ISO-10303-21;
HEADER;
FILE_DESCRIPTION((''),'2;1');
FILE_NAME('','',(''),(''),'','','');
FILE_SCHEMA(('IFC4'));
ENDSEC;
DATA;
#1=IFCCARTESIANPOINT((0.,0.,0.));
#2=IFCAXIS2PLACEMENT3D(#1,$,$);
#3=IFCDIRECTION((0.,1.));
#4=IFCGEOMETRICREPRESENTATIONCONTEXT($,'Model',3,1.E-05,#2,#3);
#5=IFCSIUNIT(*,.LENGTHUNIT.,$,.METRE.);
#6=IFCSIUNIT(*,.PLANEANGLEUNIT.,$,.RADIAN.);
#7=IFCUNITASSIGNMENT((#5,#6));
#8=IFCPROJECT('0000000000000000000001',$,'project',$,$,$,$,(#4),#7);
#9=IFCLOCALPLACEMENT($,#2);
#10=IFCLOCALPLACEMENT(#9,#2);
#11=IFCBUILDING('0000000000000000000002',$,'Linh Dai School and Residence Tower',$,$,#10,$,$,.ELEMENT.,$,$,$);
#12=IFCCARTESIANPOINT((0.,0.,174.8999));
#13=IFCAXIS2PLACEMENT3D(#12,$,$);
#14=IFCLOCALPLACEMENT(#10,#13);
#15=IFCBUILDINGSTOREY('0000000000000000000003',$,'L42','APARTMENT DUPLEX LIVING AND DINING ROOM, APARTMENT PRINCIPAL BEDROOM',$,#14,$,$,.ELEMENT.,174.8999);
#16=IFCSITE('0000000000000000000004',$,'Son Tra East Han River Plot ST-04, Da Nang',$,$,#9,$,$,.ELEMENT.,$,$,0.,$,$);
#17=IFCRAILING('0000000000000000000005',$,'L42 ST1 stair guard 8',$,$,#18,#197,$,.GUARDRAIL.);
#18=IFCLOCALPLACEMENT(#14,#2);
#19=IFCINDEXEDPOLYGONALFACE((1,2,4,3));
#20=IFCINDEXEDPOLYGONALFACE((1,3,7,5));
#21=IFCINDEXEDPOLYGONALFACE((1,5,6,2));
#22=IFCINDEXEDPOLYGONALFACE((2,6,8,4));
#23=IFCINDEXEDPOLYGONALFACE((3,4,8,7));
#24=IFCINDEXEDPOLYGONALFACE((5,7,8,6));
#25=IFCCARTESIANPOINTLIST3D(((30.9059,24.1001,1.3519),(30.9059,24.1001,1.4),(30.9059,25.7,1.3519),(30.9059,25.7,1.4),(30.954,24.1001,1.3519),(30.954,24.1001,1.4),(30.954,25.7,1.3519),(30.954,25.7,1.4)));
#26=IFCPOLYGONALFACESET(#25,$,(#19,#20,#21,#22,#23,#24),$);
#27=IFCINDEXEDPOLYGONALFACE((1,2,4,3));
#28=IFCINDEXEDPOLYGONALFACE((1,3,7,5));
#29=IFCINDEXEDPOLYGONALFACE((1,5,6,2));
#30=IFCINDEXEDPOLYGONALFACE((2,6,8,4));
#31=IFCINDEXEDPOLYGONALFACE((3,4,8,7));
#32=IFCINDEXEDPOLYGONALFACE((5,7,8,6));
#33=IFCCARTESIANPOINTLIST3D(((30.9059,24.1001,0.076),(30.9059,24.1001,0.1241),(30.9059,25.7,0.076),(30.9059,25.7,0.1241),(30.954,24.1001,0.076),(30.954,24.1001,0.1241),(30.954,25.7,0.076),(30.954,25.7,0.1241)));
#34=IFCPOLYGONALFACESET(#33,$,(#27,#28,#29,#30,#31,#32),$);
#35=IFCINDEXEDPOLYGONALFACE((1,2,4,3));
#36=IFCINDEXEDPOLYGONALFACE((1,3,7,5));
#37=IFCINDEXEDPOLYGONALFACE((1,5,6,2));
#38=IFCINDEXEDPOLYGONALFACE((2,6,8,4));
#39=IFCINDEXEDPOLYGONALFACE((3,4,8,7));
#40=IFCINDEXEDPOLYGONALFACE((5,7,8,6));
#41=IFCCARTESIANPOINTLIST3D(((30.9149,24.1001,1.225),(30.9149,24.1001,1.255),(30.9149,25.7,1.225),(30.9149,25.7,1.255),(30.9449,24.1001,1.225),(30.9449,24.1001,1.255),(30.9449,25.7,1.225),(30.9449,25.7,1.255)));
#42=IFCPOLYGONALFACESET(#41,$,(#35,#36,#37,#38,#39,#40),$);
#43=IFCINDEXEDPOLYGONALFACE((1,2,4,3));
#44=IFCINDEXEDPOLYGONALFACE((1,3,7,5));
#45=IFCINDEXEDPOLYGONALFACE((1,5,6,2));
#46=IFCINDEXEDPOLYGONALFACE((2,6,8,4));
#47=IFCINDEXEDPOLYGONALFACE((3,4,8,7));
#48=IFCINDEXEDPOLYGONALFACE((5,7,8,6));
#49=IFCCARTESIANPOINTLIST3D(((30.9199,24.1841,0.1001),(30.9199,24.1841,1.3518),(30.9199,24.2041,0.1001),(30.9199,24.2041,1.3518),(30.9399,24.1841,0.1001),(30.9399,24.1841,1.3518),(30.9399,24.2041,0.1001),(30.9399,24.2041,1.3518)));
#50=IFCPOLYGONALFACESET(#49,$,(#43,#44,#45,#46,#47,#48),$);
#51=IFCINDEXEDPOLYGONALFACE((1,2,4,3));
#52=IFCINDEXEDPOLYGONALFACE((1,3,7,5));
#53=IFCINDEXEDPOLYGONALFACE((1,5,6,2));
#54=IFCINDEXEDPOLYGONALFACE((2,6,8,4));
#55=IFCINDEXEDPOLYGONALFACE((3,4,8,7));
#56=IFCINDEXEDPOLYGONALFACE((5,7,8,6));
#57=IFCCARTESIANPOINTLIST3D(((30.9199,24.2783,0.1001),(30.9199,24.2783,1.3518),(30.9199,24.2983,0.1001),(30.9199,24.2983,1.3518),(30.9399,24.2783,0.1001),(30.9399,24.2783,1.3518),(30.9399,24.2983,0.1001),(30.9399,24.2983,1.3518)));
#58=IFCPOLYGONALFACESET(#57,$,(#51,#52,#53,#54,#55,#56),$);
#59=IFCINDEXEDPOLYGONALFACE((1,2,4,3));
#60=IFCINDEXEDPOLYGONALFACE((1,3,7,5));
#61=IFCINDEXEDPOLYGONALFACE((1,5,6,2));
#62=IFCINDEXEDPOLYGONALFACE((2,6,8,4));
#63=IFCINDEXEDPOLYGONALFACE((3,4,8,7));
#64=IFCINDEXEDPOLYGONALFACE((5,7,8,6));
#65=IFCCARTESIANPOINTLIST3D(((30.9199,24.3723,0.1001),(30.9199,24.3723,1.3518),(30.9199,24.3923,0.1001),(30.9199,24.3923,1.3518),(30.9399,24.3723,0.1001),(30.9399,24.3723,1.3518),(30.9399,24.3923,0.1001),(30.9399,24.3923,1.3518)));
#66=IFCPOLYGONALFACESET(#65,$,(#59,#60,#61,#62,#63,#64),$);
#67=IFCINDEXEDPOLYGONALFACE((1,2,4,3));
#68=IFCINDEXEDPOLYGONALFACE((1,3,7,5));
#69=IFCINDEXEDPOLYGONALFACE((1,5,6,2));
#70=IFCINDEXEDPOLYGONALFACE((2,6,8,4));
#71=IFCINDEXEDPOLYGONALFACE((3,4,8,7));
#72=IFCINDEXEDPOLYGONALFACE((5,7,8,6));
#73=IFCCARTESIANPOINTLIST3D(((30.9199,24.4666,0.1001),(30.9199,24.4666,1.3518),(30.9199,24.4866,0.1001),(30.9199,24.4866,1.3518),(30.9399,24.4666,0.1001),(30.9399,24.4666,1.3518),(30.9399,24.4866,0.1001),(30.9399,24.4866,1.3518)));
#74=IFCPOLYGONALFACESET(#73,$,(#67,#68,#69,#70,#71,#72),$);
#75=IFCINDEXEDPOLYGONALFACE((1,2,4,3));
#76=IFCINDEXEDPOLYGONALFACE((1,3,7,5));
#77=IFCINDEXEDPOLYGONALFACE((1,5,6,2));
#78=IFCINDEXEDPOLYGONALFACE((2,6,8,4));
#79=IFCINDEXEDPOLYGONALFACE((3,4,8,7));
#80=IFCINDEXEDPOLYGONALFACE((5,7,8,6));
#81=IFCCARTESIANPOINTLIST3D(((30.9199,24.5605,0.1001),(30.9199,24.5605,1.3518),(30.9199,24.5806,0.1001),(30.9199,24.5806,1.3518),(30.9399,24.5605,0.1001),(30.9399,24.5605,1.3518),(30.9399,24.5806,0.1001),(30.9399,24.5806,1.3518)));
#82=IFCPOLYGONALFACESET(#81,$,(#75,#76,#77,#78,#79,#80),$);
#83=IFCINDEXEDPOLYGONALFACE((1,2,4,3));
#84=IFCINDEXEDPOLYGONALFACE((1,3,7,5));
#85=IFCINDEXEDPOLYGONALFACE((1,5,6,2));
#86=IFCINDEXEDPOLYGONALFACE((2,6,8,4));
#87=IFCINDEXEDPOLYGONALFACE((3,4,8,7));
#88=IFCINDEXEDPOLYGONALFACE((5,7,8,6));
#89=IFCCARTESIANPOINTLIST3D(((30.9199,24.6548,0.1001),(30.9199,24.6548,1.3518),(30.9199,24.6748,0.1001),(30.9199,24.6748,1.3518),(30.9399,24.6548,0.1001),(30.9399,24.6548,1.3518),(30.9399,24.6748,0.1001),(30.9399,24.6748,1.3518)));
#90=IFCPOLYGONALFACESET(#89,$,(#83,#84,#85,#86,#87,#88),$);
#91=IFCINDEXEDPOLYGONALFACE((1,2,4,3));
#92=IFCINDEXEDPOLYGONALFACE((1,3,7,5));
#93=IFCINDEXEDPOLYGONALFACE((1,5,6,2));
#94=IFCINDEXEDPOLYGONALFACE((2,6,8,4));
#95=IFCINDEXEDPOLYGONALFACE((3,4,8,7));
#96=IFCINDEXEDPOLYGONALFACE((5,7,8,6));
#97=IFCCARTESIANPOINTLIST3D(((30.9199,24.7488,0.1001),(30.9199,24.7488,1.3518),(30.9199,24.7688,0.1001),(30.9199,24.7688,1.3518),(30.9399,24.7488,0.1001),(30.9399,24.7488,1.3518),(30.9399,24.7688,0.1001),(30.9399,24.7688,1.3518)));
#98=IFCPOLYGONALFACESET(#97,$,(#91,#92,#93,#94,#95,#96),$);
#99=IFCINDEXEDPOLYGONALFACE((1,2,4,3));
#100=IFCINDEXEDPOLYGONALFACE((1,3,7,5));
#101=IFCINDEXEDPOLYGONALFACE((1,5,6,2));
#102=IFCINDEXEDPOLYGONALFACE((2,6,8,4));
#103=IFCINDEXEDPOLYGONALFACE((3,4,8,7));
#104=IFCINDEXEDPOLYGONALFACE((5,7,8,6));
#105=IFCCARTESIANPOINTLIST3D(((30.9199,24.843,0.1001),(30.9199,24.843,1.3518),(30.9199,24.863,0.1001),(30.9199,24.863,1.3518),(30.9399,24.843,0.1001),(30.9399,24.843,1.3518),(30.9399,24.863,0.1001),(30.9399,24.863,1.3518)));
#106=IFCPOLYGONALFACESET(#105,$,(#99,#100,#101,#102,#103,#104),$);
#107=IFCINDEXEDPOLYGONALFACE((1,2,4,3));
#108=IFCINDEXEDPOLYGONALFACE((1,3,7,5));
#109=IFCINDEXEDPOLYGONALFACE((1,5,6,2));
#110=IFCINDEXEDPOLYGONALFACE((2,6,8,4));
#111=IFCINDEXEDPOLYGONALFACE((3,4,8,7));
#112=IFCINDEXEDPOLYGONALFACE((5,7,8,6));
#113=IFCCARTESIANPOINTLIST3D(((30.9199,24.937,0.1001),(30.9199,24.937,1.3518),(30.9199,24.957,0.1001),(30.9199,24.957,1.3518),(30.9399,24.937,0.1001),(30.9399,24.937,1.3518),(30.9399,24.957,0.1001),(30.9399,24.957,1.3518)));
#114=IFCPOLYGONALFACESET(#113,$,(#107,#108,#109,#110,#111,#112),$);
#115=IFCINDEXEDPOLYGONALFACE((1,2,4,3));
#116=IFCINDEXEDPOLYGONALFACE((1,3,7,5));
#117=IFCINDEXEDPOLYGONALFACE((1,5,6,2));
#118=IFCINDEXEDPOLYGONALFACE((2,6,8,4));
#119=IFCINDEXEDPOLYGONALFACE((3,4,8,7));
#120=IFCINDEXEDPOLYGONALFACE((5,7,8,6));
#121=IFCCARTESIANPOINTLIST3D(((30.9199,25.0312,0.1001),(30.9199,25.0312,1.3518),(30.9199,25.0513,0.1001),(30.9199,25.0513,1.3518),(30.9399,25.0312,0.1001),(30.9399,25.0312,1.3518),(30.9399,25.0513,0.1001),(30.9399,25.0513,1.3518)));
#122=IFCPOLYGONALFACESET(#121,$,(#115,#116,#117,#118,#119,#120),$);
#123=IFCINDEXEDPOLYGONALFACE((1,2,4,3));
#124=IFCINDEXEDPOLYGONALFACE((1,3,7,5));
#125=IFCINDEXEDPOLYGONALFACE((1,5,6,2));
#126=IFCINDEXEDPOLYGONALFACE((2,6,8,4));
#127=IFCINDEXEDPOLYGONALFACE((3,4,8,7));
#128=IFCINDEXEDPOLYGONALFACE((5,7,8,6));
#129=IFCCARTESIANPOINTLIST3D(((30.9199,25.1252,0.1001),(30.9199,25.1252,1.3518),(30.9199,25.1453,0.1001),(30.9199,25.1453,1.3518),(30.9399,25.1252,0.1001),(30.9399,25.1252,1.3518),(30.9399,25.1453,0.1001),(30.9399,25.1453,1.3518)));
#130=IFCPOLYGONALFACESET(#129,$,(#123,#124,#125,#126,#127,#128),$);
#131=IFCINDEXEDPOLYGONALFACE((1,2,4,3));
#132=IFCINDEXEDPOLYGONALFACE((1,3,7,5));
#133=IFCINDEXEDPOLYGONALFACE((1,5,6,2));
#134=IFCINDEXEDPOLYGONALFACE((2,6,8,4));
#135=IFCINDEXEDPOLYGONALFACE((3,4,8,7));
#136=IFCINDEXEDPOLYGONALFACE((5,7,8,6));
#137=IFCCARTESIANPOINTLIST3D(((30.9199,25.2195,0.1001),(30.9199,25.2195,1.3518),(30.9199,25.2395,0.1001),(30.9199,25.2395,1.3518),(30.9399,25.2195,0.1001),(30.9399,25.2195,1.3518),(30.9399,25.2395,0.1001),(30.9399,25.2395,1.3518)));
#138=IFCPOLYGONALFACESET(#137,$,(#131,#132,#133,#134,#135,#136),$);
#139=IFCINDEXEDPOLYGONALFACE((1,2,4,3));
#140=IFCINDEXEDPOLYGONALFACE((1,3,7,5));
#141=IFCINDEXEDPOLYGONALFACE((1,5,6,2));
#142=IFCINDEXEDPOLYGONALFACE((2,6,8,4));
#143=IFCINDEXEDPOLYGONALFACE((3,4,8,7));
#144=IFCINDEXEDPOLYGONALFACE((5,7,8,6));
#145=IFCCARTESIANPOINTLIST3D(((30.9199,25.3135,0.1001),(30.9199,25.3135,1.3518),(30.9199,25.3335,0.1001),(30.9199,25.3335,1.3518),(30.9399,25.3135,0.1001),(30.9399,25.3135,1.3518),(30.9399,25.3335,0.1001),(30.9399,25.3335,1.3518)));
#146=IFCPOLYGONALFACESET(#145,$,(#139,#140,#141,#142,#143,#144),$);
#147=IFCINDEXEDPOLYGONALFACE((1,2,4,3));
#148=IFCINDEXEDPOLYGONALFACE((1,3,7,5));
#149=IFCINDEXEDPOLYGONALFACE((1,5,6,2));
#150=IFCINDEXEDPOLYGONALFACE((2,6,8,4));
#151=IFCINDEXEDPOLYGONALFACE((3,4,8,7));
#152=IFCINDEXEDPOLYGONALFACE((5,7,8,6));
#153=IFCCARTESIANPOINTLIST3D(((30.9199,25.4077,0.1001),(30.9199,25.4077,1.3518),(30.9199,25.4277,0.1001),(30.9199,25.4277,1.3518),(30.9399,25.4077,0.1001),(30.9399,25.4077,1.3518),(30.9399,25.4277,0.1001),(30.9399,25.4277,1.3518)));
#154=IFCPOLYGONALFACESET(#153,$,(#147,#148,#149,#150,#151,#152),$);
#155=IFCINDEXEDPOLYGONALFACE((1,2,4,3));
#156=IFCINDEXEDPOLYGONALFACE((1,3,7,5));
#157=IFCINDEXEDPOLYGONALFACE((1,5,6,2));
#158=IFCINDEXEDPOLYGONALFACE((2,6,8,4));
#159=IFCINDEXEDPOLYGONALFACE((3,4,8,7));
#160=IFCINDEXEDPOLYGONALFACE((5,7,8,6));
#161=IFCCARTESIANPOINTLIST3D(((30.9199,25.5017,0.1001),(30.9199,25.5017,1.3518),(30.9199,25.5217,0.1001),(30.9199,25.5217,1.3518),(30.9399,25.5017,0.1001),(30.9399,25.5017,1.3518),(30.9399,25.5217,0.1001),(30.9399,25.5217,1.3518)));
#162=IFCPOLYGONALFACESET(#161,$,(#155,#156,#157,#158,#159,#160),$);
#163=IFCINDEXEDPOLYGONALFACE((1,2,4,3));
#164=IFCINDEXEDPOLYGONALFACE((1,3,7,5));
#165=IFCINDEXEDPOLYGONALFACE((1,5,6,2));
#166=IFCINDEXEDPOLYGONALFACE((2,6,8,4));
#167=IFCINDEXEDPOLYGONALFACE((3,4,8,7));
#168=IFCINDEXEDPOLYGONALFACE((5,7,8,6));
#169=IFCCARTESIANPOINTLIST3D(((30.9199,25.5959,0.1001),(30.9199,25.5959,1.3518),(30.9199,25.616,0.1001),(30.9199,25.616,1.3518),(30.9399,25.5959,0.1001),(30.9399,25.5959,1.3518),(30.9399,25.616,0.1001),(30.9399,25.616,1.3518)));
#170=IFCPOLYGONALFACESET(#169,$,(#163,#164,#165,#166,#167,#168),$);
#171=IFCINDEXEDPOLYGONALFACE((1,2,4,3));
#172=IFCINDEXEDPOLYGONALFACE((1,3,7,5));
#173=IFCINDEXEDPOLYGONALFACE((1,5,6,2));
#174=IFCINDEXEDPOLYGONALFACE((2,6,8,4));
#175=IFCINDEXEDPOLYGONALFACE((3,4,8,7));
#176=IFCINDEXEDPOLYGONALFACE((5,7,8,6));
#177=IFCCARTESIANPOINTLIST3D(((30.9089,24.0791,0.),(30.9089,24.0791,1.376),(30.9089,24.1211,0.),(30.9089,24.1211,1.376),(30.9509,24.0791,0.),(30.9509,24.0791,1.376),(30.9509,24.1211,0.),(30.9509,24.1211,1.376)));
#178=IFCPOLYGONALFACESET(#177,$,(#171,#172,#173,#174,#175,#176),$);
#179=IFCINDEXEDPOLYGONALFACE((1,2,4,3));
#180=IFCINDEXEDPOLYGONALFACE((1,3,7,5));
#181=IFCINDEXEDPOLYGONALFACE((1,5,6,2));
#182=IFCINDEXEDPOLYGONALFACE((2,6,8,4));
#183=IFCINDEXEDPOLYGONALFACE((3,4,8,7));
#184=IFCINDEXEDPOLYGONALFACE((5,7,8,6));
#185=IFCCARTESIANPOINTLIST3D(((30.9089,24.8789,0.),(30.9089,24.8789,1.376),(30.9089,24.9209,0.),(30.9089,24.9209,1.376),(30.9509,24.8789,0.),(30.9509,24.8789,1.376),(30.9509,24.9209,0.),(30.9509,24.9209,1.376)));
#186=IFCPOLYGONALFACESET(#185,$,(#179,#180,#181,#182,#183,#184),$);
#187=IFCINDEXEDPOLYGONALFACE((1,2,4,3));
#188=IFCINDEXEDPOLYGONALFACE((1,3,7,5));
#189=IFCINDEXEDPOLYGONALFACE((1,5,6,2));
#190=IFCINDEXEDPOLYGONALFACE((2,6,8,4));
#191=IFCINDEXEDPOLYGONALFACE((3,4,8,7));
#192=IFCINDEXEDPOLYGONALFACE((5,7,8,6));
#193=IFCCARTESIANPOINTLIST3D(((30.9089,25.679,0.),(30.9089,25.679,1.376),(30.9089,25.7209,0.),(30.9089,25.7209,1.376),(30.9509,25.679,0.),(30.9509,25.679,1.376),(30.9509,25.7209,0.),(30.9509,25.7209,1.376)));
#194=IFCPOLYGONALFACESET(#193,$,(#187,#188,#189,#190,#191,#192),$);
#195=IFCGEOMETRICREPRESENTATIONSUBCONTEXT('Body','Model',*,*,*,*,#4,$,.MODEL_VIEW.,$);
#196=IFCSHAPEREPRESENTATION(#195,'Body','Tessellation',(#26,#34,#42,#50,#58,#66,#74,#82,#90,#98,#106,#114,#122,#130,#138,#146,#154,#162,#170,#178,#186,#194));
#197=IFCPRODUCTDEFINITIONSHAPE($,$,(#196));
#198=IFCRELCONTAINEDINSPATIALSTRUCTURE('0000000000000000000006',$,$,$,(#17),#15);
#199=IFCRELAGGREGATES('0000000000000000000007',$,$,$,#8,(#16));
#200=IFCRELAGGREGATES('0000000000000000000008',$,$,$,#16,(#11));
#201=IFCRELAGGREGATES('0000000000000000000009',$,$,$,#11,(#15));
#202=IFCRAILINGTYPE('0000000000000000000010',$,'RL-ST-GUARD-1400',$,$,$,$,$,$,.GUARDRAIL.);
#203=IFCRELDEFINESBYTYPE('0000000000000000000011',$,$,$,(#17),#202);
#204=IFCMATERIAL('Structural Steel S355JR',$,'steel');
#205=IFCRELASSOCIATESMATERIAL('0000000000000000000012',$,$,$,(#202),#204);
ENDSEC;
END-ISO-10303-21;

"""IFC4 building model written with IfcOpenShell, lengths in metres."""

from ifc_helpers import new_model, si_unit, direction, frame, origin, origin_2d, place, context, subcontext, project, spatial, rectangle, extrude, source, transform, mapped, material, type_object, element, save


model = new_model("IFC4")

# Units and contexts
model_context = context("Model", 3, precision=1e-05, world=origin(), true_north=direction((0.0, 1.0)))
body_context = subcontext(model_context, "Body", "Model", "MODEL_VIEW")
ifc_project = project(units=[si_unit("LENGTHUNIT", "METRE"), si_unit("PLANEANGLEUNIT", "RADIAN")], contexts=[model_context])

# Site, building, storey
site_placement = place(None, origin())
site = spatial("IfcSite", under=ifc_project, at=site_placement, Name="Son Tra East Han River Plot ST-04, Da Nang", CompositionType="ELEMENT", RefElevation=0.0)
building_placement = place(site_placement, origin())
building = spatial("IfcBuilding", under=site, at=building_placement, Name="Linh Dai School and Residence Tower", CompositionType="ELEMENT")
storey_placement = place(building_placement, frame((0.0, 0.0, 174.8999)))
storey = spatial("IfcBuildingStorey", under=building, at=storey_placement, Name="L42", Description="APARTMENT DUPLEX LIVING AND DINING ROOM, APARTMENT PRINCIPAL BEDROOM", CompositionType="ELEMENT", Elevation=174.8999)

# Shared definitions
ifc_material_1 = material(Name="Structural Steel S355JR", Category="steel")

# Railing
railing_type = type_object("IfcRailingType", Name="RL-ST-GUARD-1400", PredefinedType="GUARDRAIL", material=ifc_material_1)
shared_shape_1 = source(origin(), body_context, "Body", "SweptSolid", [
    extrude(rectangle(XDim=0.0481, YDim=0.0481, at=origin_2d()), frame((0.0, 0.0, 1.376), z_axis=(0.0, 1.0, 0.0), x_axis=(-1.0, 0.0, 0.0)), (0.0, 0.0, 1.0), 1.5999),
    extrude(rectangle(XDim=0.0481, YDim=0.0481, at=origin_2d()), frame((0.0, 0.0, 0.1001), z_axis=(0.0, 1.0, 0.0), x_axis=(-1.0, 0.0, 0.0)), (0.0, 0.0, 1.0), 1.5999),
    extrude(rectangle(XDim=0.03, YDim=0.03, at=origin_2d()), frame((0.0, 0.0, 1.24), z_axis=(0.0, 1.0, 0.0), x_axis=(-1.0, 0.0, 0.0)), (0.0, 0.0, 1.0), 1.5999),
    extrude(rectangle(XDim=0.02, YDim=0.02, at=origin_2d()), frame((0.0, 0.094, 0.1001)), (0.0, 0.0, 1.0), 1.2517),
    extrude(rectangle(XDim=0.02, YDim=0.02, at=origin_2d()), frame((0.0, 0.1882, 0.1001)), (0.0, 0.0, 1.0), 1.2517),
    extrude(rectangle(XDim=0.02, YDim=0.02, at=origin_2d()), frame((0.0, 0.2822, 0.1001)), (0.0, 0.0, 1.0), 1.2517),
    extrude(rectangle(XDim=0.02, YDim=0.02, at=origin_2d()), frame((0.0, 0.3765, 0.1001)), (0.0, 0.0, 1.0), 1.2517),
    extrude(rectangle(XDim=0.02, YDim=0.02, at=origin_2d()), frame((0.0, 0.4705, 0.1001)), (0.0, 0.0, 1.0), 1.2517),
    extrude(rectangle(XDim=0.02, YDim=0.02, at=origin_2d()), frame((0.0, 0.5647, 0.1001)), (0.0, 0.0, 1.0), 1.2517),
    extrude(rectangle(XDim=0.02, YDim=0.02, at=origin_2d()), frame((0.0, 0.6587, 0.1001)), (0.0, 0.0, 1.0), 1.2517),
    extrude(rectangle(XDim=0.02, YDim=0.02, at=origin_2d()), frame((0.0, 0.7529, 0.1001)), (0.0, 0.0, 1.0), 1.2517),
    extrude(rectangle(XDim=0.02, YDim=0.02, at=origin_2d()), frame((0.0, 0.8469, 0.1001)), (0.0, 0.0, 1.0), 1.2517),
    extrude(rectangle(XDim=0.02, YDim=0.02, at=origin_2d()), frame((0.0, 0.9412, 0.1001)), (0.0, 0.0, 1.0), 1.2517),
    extrude(rectangle(XDim=0.02, YDim=0.02, at=origin_2d()), frame((0.0, 1.0352, 0.1001)), (0.0, 0.0, 1.0), 1.2517),
    extrude(rectangle(XDim=0.02, YDim=0.02, at=origin_2d()), frame((0.0, 1.1294, 0.1001)), (0.0, 0.0, 1.0), 1.2517),
    extrude(rectangle(XDim=0.02, YDim=0.02, at=origin_2d()), frame((0.0, 1.2234, 0.1001)), (0.0, 0.0, 1.0), 1.2517),
    extrude(rectangle(XDim=0.02, YDim=0.02, at=origin_2d()), frame((0.0, 1.3176, 0.1001)), (0.0, 0.0, 1.0), 1.2517),
    extrude(rectangle(XDim=0.02, YDim=0.02, at=origin_2d()), frame((0.0, 1.4116, 0.1001)), (0.0, 0.0, 1.0), 1.2517),
    extrude(rectangle(XDim=0.02, YDim=0.02, at=origin_2d()), frame((0.0, 1.5059, 0.1001)), (0.0, 0.0, 1.0), 1.2517),
    extrude(rectangle(XDim=0.042, YDim=0.042, at=origin_2d()), origin(), (0.0, 0.0, 1.0), 1.376),
    extrude(rectangle(XDim=0.042, YDim=0.042, at=origin_2d()), frame((0.0, 0.7998, 0.0)), (0.0, 0.0, 1.0), 1.376),
    extrude(rectangle(XDim=0.042, YDim=0.042, at=origin_2d()), frame((0.0, 1.5999, 0.0)), (0.0, 0.0, 1.0), 1.376),
])
for number, where, name in (
    (1, (30.9299, 24.1001, 0.0), "L42 ST1 stair guard 8"),
):
    element("IfcRailing", number, at=place(storey_placement, frame(where)), inside=storey, type_object=railing_type, Name=name, PredefinedType="GUARDRAIL", context=body_context, shape_type="MappedRepresentation", body=[
        mapped(shared_shape_1, transform((0.0, 0.0, 0.0), x_axis=(1.0, 0.0, 0.0), y_axis=(0.0, 1.0, 0.0), z_axis=(0.0, 0.0, 1.0), scale=1.0)),
    ])

save(model, "model.ifc")
